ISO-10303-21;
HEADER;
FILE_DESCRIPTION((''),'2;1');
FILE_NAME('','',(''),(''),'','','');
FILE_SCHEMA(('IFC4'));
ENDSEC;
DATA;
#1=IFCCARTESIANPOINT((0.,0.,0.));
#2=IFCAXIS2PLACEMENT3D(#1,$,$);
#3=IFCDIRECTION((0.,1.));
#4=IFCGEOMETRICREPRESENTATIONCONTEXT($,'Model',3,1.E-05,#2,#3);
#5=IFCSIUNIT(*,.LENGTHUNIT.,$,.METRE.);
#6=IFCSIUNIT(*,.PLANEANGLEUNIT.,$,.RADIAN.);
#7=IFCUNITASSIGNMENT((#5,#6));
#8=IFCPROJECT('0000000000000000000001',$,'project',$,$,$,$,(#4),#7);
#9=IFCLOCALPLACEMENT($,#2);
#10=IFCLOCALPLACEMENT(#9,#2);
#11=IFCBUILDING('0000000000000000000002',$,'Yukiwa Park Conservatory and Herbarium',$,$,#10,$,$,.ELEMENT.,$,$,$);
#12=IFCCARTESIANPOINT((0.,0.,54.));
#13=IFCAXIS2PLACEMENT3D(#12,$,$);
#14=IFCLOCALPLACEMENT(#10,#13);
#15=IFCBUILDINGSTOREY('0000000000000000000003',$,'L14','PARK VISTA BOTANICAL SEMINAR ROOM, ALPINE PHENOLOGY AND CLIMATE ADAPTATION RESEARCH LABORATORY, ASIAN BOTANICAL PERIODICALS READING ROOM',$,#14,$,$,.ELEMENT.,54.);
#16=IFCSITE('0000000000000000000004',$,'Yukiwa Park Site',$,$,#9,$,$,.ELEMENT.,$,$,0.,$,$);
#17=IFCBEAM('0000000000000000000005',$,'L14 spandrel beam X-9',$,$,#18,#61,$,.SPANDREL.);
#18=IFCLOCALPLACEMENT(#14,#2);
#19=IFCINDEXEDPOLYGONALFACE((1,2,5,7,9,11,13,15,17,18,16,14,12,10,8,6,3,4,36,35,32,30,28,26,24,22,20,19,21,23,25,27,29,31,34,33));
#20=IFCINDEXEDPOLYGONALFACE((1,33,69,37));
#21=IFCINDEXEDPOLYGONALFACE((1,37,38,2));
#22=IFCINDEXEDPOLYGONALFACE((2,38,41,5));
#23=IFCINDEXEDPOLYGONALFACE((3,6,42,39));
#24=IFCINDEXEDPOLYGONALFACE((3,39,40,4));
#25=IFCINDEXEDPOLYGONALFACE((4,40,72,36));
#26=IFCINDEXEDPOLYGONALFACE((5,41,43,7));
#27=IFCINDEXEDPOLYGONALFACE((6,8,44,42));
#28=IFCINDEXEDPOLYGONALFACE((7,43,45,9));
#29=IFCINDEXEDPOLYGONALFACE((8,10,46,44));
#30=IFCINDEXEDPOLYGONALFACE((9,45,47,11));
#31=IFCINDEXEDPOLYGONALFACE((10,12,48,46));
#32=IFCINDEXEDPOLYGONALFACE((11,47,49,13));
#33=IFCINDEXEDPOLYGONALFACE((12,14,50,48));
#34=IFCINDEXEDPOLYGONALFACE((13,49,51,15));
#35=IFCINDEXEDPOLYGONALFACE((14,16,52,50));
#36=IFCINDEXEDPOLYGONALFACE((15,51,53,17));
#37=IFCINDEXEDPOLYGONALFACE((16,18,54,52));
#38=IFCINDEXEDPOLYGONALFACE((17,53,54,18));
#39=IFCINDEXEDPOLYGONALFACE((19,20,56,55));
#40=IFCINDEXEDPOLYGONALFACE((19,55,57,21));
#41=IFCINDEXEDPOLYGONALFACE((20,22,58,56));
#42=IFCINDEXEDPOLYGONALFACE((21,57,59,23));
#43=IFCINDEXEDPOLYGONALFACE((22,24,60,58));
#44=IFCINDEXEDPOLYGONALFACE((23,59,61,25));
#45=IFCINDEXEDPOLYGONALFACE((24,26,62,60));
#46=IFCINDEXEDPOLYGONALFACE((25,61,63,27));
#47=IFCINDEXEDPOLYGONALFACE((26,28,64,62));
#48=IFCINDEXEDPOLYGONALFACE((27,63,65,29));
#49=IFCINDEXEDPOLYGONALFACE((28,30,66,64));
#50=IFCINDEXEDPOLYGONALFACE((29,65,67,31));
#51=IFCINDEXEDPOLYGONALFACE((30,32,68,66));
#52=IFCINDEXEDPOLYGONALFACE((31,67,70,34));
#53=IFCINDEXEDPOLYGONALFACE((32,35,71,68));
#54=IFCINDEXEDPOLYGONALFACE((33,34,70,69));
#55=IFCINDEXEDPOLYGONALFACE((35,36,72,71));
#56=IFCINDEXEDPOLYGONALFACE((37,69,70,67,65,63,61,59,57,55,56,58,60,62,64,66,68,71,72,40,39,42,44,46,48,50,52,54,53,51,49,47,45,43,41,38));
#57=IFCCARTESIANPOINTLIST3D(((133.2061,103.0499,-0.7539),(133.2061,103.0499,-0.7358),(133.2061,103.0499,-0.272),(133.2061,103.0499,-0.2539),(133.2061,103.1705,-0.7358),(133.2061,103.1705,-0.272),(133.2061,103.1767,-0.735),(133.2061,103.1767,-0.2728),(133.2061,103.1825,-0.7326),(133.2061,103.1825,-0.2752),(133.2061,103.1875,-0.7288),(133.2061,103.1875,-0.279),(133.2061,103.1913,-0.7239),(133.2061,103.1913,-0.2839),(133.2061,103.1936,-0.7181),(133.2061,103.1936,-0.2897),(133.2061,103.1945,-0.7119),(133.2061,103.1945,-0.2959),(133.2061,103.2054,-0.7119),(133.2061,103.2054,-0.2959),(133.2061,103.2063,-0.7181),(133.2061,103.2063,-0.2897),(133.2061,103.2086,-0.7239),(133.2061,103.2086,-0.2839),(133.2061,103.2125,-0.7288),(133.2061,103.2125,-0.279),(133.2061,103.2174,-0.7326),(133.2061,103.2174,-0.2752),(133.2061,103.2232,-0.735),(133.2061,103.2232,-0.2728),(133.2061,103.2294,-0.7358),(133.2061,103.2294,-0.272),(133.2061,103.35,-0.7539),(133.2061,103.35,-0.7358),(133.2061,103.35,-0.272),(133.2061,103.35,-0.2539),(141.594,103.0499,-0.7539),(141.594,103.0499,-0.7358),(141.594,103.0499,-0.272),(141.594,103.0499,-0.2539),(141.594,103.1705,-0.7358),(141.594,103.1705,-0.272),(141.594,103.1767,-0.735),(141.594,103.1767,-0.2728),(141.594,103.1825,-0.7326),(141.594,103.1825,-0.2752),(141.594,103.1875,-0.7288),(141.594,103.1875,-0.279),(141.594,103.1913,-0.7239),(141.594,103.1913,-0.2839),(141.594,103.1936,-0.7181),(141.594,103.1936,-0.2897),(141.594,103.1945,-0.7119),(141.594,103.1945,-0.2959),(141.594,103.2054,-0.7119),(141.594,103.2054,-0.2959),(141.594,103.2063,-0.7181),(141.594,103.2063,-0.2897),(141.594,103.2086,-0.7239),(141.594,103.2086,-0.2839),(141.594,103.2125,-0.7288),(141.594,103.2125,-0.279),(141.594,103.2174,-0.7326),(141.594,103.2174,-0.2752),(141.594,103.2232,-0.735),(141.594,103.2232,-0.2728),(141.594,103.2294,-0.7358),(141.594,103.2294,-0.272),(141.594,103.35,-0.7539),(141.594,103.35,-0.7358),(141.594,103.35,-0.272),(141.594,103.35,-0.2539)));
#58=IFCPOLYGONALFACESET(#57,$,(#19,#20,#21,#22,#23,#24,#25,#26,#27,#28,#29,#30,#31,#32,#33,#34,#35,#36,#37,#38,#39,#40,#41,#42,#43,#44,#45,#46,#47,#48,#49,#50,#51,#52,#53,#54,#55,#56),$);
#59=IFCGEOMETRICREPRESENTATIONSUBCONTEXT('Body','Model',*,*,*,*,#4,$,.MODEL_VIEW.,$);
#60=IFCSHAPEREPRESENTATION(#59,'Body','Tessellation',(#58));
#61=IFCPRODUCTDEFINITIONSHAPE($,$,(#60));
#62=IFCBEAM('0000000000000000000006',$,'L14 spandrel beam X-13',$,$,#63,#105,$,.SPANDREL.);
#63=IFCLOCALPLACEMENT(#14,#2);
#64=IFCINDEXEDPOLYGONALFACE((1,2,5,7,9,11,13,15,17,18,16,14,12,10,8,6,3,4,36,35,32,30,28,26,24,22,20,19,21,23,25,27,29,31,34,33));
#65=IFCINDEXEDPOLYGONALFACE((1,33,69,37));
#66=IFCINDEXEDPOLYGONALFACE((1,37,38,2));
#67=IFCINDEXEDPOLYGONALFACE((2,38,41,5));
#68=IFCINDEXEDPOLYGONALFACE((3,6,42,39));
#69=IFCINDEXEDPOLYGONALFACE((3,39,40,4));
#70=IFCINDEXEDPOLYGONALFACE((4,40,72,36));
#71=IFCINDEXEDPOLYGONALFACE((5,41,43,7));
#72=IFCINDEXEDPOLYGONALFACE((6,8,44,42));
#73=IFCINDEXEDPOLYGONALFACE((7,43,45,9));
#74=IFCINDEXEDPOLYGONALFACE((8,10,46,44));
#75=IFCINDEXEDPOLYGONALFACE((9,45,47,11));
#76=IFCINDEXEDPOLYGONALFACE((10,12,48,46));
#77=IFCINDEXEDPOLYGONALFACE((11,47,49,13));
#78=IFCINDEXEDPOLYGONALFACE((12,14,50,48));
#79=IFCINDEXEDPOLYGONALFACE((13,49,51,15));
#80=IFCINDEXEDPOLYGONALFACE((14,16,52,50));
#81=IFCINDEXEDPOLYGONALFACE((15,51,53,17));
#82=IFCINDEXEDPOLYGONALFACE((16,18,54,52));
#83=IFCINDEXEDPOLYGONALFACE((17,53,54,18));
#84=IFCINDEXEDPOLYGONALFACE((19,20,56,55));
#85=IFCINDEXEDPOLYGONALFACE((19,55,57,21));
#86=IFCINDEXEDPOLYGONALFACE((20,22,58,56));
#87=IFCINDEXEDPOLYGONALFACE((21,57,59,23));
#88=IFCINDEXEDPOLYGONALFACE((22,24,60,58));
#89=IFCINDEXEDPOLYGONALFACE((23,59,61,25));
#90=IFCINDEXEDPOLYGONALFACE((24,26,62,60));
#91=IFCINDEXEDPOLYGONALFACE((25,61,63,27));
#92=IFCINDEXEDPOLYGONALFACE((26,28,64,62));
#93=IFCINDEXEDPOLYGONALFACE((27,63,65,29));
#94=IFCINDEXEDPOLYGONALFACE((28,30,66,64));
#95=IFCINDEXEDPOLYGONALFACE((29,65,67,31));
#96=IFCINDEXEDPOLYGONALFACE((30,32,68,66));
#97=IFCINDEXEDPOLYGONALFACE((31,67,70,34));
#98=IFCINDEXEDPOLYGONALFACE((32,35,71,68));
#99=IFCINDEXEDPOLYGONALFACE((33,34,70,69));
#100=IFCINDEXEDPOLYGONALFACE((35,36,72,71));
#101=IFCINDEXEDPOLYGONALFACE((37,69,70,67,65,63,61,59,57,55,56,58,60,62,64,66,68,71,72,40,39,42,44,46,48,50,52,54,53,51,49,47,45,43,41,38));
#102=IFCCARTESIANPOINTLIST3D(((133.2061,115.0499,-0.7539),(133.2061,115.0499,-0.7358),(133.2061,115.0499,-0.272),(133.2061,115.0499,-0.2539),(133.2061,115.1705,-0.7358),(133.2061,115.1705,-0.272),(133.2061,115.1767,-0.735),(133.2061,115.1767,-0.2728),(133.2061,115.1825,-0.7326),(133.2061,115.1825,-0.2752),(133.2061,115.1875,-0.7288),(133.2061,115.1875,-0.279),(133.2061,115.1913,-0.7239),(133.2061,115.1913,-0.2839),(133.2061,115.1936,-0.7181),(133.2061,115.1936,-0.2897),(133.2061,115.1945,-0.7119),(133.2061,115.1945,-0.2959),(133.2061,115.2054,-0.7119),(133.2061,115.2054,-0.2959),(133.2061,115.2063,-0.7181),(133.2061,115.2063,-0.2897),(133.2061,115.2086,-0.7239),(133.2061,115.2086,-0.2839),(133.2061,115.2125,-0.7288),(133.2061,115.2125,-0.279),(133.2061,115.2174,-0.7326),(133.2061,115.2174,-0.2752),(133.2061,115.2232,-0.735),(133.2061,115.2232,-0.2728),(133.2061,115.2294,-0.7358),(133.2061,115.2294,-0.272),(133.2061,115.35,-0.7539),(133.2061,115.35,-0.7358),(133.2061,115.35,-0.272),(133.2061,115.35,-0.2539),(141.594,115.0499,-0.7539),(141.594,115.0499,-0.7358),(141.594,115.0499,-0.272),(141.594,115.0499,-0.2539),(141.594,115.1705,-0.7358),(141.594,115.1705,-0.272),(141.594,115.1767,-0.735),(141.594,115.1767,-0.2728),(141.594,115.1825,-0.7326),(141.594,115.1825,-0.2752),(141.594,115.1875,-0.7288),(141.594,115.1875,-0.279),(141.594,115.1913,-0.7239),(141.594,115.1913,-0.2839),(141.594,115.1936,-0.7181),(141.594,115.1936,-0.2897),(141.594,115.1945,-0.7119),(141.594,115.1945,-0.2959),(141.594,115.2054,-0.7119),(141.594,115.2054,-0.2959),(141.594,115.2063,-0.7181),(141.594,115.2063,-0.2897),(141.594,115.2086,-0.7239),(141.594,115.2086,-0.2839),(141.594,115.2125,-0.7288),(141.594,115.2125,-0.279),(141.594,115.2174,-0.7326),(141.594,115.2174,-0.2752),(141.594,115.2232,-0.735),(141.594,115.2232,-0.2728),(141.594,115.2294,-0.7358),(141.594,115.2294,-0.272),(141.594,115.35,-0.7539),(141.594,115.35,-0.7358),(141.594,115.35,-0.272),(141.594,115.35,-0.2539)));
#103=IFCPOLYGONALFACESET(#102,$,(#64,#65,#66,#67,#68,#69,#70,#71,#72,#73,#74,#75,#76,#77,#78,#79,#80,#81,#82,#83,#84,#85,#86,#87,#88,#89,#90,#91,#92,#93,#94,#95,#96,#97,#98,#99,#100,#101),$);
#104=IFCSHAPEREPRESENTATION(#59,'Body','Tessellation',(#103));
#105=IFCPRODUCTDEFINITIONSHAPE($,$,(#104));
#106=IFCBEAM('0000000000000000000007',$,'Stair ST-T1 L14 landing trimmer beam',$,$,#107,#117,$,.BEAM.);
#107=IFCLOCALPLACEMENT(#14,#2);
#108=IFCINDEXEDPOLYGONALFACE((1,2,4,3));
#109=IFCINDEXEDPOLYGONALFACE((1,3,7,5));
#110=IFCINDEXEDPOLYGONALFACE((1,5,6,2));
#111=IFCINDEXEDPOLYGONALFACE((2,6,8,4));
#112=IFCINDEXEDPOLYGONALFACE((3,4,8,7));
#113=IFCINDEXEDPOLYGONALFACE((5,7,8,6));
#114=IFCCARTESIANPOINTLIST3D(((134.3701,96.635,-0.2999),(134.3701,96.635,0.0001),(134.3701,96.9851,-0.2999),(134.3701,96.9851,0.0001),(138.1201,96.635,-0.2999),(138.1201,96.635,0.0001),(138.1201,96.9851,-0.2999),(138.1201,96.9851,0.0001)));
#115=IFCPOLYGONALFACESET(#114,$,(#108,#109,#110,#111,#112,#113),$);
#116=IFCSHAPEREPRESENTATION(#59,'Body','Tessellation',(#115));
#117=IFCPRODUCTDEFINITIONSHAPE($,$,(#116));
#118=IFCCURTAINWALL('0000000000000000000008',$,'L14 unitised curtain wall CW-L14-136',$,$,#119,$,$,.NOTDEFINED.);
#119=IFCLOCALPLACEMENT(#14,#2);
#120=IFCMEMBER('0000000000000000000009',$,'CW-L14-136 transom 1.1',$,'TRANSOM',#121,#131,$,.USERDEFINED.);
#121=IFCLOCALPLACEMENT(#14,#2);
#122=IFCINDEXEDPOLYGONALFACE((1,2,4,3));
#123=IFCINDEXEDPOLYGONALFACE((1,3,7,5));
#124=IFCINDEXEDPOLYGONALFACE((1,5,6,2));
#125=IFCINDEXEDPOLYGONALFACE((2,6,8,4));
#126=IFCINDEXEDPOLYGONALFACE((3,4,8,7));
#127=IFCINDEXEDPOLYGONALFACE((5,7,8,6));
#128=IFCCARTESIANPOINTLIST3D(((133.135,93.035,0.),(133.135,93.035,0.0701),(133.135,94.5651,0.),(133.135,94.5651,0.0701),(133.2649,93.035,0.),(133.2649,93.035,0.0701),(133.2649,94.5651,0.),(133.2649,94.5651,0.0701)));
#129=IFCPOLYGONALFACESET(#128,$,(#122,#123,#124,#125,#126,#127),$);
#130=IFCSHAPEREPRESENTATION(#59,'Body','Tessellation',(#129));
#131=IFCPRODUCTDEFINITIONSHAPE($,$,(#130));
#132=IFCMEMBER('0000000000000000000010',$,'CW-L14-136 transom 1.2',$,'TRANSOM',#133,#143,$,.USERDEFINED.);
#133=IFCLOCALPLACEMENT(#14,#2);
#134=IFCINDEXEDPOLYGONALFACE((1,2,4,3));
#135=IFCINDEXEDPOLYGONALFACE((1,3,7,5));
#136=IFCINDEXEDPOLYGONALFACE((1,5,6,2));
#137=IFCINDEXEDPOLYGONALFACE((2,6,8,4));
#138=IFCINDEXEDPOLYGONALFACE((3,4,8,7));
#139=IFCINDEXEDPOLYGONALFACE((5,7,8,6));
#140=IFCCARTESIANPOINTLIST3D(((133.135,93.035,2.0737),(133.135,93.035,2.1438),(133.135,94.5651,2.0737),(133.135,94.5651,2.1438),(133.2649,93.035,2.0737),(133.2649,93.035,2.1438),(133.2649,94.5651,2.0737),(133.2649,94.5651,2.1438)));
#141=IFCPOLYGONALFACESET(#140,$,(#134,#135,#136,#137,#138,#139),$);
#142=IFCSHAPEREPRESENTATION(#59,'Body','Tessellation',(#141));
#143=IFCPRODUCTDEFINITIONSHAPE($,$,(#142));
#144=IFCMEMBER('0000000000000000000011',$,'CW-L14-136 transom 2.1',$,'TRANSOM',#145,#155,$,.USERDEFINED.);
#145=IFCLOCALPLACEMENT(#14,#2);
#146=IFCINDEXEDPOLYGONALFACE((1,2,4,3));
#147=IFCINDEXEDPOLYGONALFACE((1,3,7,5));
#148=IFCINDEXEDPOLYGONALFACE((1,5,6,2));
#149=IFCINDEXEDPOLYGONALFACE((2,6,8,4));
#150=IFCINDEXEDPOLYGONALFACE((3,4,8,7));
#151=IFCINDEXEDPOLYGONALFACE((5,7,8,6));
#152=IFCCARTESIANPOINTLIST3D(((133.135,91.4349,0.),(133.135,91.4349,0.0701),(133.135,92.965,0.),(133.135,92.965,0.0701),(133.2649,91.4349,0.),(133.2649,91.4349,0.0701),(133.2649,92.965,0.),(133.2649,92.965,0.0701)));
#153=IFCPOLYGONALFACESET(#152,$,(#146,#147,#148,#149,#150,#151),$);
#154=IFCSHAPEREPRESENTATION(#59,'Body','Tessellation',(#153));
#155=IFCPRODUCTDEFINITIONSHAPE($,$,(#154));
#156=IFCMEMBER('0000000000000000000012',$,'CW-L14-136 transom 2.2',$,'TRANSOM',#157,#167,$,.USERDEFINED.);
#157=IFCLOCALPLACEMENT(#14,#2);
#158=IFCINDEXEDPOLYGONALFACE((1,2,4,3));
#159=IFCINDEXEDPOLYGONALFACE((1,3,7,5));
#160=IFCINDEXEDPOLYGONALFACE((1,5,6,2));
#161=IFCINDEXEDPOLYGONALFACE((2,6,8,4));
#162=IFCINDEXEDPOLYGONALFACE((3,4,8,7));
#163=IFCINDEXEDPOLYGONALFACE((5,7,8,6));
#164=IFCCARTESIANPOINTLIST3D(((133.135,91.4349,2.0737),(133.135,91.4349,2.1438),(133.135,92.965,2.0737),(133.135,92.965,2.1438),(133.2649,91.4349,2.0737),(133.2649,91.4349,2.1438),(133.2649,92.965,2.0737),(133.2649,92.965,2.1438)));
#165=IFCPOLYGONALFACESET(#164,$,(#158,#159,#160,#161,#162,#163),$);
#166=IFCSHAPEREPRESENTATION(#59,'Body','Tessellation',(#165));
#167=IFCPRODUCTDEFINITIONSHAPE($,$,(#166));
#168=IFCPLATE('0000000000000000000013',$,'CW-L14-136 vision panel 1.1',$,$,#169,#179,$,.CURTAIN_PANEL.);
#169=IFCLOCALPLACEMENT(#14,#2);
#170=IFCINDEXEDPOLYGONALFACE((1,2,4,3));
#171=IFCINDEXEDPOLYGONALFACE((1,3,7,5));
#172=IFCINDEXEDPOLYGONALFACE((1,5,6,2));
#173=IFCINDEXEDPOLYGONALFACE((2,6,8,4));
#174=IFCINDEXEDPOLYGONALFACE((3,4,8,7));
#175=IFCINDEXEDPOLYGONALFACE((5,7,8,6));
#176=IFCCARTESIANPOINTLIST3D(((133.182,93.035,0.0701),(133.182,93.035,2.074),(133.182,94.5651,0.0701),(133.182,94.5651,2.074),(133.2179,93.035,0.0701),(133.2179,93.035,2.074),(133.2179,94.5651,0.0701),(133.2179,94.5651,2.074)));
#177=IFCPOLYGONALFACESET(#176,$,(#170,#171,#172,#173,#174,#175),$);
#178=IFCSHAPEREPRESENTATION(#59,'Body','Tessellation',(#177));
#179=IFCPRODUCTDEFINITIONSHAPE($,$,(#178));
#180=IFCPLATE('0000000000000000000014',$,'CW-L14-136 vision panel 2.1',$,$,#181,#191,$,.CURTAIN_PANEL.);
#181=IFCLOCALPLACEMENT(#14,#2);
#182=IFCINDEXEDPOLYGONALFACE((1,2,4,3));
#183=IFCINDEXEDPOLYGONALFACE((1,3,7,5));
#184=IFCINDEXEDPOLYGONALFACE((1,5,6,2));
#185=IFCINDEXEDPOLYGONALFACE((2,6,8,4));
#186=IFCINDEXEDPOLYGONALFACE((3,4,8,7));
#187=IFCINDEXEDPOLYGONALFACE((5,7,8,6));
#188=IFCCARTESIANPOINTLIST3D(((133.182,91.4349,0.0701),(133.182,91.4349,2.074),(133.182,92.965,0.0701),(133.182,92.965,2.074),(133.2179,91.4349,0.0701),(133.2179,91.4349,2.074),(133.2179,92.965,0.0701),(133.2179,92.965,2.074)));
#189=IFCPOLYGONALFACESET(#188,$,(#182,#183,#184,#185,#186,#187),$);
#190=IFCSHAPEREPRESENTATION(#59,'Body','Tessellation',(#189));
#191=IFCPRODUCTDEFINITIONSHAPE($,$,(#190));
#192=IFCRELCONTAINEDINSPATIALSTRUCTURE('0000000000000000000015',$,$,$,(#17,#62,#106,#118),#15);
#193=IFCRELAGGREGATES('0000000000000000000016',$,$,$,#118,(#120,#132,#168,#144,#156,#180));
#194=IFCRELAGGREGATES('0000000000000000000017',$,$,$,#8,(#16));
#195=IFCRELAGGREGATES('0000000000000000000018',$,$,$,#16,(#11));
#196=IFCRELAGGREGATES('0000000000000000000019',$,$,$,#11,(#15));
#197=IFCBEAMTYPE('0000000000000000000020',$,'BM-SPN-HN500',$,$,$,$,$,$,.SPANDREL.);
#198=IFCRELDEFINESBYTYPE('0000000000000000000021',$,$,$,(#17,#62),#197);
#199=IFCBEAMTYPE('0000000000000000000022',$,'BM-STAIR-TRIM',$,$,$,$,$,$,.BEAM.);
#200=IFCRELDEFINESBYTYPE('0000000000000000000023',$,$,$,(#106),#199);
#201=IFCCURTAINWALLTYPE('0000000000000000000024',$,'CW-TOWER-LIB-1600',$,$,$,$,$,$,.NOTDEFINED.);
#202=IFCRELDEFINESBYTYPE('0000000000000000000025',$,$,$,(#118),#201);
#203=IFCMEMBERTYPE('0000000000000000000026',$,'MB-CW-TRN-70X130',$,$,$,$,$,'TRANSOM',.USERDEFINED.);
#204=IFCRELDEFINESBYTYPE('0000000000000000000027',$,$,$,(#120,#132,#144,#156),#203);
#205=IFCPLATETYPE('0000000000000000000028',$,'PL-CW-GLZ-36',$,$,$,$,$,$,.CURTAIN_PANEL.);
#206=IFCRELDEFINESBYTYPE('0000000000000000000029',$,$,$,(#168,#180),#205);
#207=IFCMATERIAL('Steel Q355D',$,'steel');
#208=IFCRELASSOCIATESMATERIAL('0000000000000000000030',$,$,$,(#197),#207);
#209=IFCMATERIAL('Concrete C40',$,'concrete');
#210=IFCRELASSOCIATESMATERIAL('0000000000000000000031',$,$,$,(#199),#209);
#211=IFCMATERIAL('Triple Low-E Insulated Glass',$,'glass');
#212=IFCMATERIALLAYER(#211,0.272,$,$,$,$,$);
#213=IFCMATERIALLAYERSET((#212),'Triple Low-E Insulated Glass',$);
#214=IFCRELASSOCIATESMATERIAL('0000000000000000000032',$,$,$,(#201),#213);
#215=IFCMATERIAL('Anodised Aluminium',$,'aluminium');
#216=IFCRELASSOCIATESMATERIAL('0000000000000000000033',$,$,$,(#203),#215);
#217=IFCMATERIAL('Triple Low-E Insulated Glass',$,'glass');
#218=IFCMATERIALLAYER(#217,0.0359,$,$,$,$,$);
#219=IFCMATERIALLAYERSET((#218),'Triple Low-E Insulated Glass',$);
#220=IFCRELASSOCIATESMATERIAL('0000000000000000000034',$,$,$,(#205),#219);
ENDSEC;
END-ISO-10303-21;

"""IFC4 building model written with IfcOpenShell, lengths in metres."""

from ifc_helpers import new_model, si_unit, direction, frame, origin, origin_2d, place, context, subcontext, project, spatial, rectangle, i_section, extrude, material, layer, layer_set, material_profile, profile_set, type_object, element, aggregate, save


model = new_model("IFC4")

# Units and contexts
model_context = context("Model", 3, precision=1e-05, world=origin(), true_north=direction((0.0, 1.0)))
body_context = subcontext(model_context, "Body", "Model", "MODEL_VIEW")
ifc_project = project(units=[si_unit("LENGTHUNIT", "METRE"), si_unit("PLANEANGLEUNIT", "RADIAN")], contexts=[model_context])

# Site, building, storey
site_placement = place(None, origin())
site = spatial("IfcSite", under=ifc_project, at=site_placement, Name="Yukiwa Park Site", CompositionType="ELEMENT", RefElevation=0.0)
building_placement = place(site_placement, origin())
building = spatial("IfcBuilding", under=site, at=building_placement, Name="Yukiwa Park Conservatory and Herbarium", CompositionType="ELEMENT")
storey_placement = place(building_placement, frame((0.0, 0.0, 54.0)))
storey = spatial("IfcBuildingStorey", under=building, at=storey_placement, Name="L14", Description="PARK VISTA BOTANICAL SEMINAR ROOM, ALPINE PHENOLOGY AND CLIMATE ADAPTATION RESEARCH LABORATORY, ASIAN BOTANICAL PERIODICALS READING ROOM", CompositionType="ELEMENT", Elevation=54.0)

# Beams
ifc_material_1 = material(Name="Steel Q355D", Category="steel")
ifc_material_profile_1 = material_profile(ifc_material_1, i_section(OverallWidth=0.3, OverallDepth=0.5, WebThickness=0.011, FlangeThickness=0.0181, FilletRadius=0.0239, at=origin_2d()), Name="HM 500x300x11x18")
ifc_profile_set_1 = profile_set([ifc_material_profile_1], Name="Steel Q355D")
beam_type_1 = type_object("IfcBeamType", Name="BM-SPN-HN500", PredefinedType="SPANDREL", material=ifc_profile_set_1)
for number, where, z_axis, x_axis, name in (
    (1, (133.2061, 103.2, -0.5039), (1.0, 0.0, 0.0), (0.0, 1.0, 0.0), "L14 spandrel beam X-9"),
    (2, (133.2061, 115.2, -0.5039), (1.0, 0.0, 0.0), (0.0, 1.0, 0.0), "L14 spandrel beam X-13"),
):
    element("IfcBeam", number, at=place(storey_placement, frame(where, z_axis=z_axis, x_axis=x_axis)), inside=storey, type_object=beam_type_1, Name=name, PredefinedType="SPANDREL", context=body_context, shape_type="SweptSolid", body=[
        extrude(i_section(OverallWidth=0.3, OverallDepth=0.5, WebThickness=0.011, FlangeThickness=0.0181, FilletRadius=0.0239, at=origin_2d()), origin(), (0.0, 0.0, 1.0), 8.3879),
    ])
ifc_material_2 = material(Name="Concrete C40", Category="concrete")
ifc_material_profile_2 = material_profile(ifc_material_2, rectangle(XDim=0.3501, YDim=0.3, at=origin_2d()), Name="RC 350x300")
ifc_profile_set_2 = profile_set([ifc_material_profile_2], Name="Concrete C40")
beam_type_2 = type_object("IfcBeamType", Name="BM-STAIR-TRIM", PredefinedType="BEAM", material=ifc_profile_set_2)
beam_1_placement = place(storey_placement, frame((134.3701, 96.8101, -0.1499), z_axis=(1.0, 0.0, 0.0), x_axis=(0.0, 1.0, 0.0)))
element("IfcBeam", 3, at=beam_1_placement, inside=storey, type_object=beam_type_2, Name="Stair ST-T1 L14 landing trimmer beam", PredefinedType="BEAM", context=body_context, shape_type="SweptSolid", body=[
    extrude(rectangle(XDim=0.3501, YDim=0.3, at=origin_2d()), origin(), (0.0, 0.0, 1.0), 3.75),
])

# Curtain wall, members, plates
ifc_material_3 = material(Name="Triple Low-E Insulated Glass", Category="glass")
ifc_layer_1 = layer(ifc_material_3, 0.272)
ifc_layer_set_1 = layer_set([ifc_layer_1], Name="Triple Low-E Insulated Glass")
curtain_wall_type = type_object("IfcCurtainWallType", Name="CW-TOWER-LIB-1600", PredefinedType="NOTDEFINED", material=ifc_layer_set_1)
curtain_wall_placement = place(storey_placement, origin())
curtain_wall = element("IfcCurtainWall", 4, at=curtain_wall_placement, inside=storey, type_object=curtain_wall_type, Name="L14 unitised curtain wall CW-L14-136", PredefinedType="NOTDEFINED")
ifc_material_4 = material(Name="Anodised Aluminium", Category="aluminium")
member_type = type_object("IfcMemberType", Name="MB-CW-TRN-70X130", ElementType="TRANSOM", PredefinedType="USERDEFINED", material=ifc_material_4)
member_1_placement = place(storey_placement, frame((133.2, 93.8, 0.0), z_axis=(0.0, 0.0, 1.0), x_axis=(0.0, -1.0, 0.0)))
member_1 = element("IfcMember", 5, at=member_1_placement, type_object=member_type, Name="CW-L14-136 transom 1.1", ObjectType="TRANSOM", PredefinedType="USERDEFINED", context=body_context, shape_type="SweptSolid", body=[
    extrude(rectangle(XDim=1.53, YDim=0.1299, at=origin_2d()), origin(), (0.0, 0.0, 1.0), 0.0701),
])
member_2_placement = place(storey_placement, frame((133.2, 93.8, 2.0737), z_axis=(0.0, 0.0, 1.0), x_axis=(0.0, -1.0, 0.0)))
member_2 = element("IfcMember", 6, at=member_2_placement, type_object=member_type, Name="CW-L14-136 transom 1.2", ObjectType="TRANSOM", PredefinedType="USERDEFINED", context=body_context, shape_type="SweptSolid", body=[
    extrude(rectangle(XDim=1.53, YDim=0.1299, at=origin_2d()), origin(), (0.0, 0.0, 1.0), 0.0701),
])
member_3_placement = place(storey_placement, frame((133.2, 92.2, 0.0), z_axis=(0.0, 0.0, 1.0), x_axis=(0.0, -1.0, 0.0)))
member_3 = element("IfcMember", 7, at=member_3_placement, type_object=member_type, Name="CW-L14-136 transom 2.1", ObjectType="TRANSOM", PredefinedType="USERDEFINED", context=body_context, shape_type="SweptSolid", body=[
    extrude(rectangle(XDim=1.53, YDim=0.1299, at=origin_2d()), origin(), (0.0, 0.0, 1.0), 0.0701),
])
member_4_placement = place(storey_placement, frame((133.2, 92.2, 2.0737), z_axis=(0.0, 0.0, 1.0), x_axis=(0.0, -1.0, 0.0)))
member_4 = element("IfcMember", 8, at=member_4_placement, type_object=member_type, Name="CW-L14-136 transom 2.2", ObjectType="TRANSOM", PredefinedType="USERDEFINED", context=body_context, shape_type="SweptSolid", body=[
    extrude(rectangle(XDim=1.53, YDim=0.1299, at=origin_2d()), origin(), (0.0, 0.0, 1.0), 0.0701),
])
ifc_material_5 = material(Name="Triple Low-E Insulated Glass", Category="glass")
ifc_layer_2 = layer(ifc_material_5, 0.0359)
ifc_layer_set_2 = layer_set([ifc_layer_2], Name="Triple Low-E Insulated Glass")
plate_type = type_object("IfcPlateType", Name="PL-CW-GLZ-36", PredefinedType="CURTAIN_PANEL", material=ifc_layer_set_2)
plate_1_placement = place(storey_placement, frame((133.2, 93.8, 0.0701), z_axis=(0.0, 0.0, 1.0), x_axis=(0.0, -1.0, 0.0)))
plate_1 = element("IfcPlate", 9, at=plate_1_placement, type_object=plate_type, Name="CW-L14-136 vision panel 1.1", PredefinedType="CURTAIN_PANEL", context=body_context, shape_type="SweptSolid", body=[
    extrude(rectangle(XDim=1.53, YDim=0.0359, at=origin_2d()), origin(), (0.0, 0.0, 1.0), 2.0039),
])
plate_2_placement = place(storey_placement, frame((133.2, 92.2, 0.0701), z_axis=(0.0, 0.0, 1.0), x_axis=(0.0, -1.0, 0.0)))
plate_2 = element("IfcPlate", 10, at=plate_2_placement, type_object=plate_type, Name="CW-L14-136 vision panel 2.1", PredefinedType="CURTAIN_PANEL", context=body_context, shape_type="SweptSolid", body=[
    extrude(rectangle(XDim=1.53, YDim=0.0359, at=origin_2d()), origin(), (0.0, 0.0, 1.0), 2.0039),
])
aggregate(curtain_wall, [member_1, member_2, plate_1, member_3, member_4, plate_2])

save(model, "model.ifc")
